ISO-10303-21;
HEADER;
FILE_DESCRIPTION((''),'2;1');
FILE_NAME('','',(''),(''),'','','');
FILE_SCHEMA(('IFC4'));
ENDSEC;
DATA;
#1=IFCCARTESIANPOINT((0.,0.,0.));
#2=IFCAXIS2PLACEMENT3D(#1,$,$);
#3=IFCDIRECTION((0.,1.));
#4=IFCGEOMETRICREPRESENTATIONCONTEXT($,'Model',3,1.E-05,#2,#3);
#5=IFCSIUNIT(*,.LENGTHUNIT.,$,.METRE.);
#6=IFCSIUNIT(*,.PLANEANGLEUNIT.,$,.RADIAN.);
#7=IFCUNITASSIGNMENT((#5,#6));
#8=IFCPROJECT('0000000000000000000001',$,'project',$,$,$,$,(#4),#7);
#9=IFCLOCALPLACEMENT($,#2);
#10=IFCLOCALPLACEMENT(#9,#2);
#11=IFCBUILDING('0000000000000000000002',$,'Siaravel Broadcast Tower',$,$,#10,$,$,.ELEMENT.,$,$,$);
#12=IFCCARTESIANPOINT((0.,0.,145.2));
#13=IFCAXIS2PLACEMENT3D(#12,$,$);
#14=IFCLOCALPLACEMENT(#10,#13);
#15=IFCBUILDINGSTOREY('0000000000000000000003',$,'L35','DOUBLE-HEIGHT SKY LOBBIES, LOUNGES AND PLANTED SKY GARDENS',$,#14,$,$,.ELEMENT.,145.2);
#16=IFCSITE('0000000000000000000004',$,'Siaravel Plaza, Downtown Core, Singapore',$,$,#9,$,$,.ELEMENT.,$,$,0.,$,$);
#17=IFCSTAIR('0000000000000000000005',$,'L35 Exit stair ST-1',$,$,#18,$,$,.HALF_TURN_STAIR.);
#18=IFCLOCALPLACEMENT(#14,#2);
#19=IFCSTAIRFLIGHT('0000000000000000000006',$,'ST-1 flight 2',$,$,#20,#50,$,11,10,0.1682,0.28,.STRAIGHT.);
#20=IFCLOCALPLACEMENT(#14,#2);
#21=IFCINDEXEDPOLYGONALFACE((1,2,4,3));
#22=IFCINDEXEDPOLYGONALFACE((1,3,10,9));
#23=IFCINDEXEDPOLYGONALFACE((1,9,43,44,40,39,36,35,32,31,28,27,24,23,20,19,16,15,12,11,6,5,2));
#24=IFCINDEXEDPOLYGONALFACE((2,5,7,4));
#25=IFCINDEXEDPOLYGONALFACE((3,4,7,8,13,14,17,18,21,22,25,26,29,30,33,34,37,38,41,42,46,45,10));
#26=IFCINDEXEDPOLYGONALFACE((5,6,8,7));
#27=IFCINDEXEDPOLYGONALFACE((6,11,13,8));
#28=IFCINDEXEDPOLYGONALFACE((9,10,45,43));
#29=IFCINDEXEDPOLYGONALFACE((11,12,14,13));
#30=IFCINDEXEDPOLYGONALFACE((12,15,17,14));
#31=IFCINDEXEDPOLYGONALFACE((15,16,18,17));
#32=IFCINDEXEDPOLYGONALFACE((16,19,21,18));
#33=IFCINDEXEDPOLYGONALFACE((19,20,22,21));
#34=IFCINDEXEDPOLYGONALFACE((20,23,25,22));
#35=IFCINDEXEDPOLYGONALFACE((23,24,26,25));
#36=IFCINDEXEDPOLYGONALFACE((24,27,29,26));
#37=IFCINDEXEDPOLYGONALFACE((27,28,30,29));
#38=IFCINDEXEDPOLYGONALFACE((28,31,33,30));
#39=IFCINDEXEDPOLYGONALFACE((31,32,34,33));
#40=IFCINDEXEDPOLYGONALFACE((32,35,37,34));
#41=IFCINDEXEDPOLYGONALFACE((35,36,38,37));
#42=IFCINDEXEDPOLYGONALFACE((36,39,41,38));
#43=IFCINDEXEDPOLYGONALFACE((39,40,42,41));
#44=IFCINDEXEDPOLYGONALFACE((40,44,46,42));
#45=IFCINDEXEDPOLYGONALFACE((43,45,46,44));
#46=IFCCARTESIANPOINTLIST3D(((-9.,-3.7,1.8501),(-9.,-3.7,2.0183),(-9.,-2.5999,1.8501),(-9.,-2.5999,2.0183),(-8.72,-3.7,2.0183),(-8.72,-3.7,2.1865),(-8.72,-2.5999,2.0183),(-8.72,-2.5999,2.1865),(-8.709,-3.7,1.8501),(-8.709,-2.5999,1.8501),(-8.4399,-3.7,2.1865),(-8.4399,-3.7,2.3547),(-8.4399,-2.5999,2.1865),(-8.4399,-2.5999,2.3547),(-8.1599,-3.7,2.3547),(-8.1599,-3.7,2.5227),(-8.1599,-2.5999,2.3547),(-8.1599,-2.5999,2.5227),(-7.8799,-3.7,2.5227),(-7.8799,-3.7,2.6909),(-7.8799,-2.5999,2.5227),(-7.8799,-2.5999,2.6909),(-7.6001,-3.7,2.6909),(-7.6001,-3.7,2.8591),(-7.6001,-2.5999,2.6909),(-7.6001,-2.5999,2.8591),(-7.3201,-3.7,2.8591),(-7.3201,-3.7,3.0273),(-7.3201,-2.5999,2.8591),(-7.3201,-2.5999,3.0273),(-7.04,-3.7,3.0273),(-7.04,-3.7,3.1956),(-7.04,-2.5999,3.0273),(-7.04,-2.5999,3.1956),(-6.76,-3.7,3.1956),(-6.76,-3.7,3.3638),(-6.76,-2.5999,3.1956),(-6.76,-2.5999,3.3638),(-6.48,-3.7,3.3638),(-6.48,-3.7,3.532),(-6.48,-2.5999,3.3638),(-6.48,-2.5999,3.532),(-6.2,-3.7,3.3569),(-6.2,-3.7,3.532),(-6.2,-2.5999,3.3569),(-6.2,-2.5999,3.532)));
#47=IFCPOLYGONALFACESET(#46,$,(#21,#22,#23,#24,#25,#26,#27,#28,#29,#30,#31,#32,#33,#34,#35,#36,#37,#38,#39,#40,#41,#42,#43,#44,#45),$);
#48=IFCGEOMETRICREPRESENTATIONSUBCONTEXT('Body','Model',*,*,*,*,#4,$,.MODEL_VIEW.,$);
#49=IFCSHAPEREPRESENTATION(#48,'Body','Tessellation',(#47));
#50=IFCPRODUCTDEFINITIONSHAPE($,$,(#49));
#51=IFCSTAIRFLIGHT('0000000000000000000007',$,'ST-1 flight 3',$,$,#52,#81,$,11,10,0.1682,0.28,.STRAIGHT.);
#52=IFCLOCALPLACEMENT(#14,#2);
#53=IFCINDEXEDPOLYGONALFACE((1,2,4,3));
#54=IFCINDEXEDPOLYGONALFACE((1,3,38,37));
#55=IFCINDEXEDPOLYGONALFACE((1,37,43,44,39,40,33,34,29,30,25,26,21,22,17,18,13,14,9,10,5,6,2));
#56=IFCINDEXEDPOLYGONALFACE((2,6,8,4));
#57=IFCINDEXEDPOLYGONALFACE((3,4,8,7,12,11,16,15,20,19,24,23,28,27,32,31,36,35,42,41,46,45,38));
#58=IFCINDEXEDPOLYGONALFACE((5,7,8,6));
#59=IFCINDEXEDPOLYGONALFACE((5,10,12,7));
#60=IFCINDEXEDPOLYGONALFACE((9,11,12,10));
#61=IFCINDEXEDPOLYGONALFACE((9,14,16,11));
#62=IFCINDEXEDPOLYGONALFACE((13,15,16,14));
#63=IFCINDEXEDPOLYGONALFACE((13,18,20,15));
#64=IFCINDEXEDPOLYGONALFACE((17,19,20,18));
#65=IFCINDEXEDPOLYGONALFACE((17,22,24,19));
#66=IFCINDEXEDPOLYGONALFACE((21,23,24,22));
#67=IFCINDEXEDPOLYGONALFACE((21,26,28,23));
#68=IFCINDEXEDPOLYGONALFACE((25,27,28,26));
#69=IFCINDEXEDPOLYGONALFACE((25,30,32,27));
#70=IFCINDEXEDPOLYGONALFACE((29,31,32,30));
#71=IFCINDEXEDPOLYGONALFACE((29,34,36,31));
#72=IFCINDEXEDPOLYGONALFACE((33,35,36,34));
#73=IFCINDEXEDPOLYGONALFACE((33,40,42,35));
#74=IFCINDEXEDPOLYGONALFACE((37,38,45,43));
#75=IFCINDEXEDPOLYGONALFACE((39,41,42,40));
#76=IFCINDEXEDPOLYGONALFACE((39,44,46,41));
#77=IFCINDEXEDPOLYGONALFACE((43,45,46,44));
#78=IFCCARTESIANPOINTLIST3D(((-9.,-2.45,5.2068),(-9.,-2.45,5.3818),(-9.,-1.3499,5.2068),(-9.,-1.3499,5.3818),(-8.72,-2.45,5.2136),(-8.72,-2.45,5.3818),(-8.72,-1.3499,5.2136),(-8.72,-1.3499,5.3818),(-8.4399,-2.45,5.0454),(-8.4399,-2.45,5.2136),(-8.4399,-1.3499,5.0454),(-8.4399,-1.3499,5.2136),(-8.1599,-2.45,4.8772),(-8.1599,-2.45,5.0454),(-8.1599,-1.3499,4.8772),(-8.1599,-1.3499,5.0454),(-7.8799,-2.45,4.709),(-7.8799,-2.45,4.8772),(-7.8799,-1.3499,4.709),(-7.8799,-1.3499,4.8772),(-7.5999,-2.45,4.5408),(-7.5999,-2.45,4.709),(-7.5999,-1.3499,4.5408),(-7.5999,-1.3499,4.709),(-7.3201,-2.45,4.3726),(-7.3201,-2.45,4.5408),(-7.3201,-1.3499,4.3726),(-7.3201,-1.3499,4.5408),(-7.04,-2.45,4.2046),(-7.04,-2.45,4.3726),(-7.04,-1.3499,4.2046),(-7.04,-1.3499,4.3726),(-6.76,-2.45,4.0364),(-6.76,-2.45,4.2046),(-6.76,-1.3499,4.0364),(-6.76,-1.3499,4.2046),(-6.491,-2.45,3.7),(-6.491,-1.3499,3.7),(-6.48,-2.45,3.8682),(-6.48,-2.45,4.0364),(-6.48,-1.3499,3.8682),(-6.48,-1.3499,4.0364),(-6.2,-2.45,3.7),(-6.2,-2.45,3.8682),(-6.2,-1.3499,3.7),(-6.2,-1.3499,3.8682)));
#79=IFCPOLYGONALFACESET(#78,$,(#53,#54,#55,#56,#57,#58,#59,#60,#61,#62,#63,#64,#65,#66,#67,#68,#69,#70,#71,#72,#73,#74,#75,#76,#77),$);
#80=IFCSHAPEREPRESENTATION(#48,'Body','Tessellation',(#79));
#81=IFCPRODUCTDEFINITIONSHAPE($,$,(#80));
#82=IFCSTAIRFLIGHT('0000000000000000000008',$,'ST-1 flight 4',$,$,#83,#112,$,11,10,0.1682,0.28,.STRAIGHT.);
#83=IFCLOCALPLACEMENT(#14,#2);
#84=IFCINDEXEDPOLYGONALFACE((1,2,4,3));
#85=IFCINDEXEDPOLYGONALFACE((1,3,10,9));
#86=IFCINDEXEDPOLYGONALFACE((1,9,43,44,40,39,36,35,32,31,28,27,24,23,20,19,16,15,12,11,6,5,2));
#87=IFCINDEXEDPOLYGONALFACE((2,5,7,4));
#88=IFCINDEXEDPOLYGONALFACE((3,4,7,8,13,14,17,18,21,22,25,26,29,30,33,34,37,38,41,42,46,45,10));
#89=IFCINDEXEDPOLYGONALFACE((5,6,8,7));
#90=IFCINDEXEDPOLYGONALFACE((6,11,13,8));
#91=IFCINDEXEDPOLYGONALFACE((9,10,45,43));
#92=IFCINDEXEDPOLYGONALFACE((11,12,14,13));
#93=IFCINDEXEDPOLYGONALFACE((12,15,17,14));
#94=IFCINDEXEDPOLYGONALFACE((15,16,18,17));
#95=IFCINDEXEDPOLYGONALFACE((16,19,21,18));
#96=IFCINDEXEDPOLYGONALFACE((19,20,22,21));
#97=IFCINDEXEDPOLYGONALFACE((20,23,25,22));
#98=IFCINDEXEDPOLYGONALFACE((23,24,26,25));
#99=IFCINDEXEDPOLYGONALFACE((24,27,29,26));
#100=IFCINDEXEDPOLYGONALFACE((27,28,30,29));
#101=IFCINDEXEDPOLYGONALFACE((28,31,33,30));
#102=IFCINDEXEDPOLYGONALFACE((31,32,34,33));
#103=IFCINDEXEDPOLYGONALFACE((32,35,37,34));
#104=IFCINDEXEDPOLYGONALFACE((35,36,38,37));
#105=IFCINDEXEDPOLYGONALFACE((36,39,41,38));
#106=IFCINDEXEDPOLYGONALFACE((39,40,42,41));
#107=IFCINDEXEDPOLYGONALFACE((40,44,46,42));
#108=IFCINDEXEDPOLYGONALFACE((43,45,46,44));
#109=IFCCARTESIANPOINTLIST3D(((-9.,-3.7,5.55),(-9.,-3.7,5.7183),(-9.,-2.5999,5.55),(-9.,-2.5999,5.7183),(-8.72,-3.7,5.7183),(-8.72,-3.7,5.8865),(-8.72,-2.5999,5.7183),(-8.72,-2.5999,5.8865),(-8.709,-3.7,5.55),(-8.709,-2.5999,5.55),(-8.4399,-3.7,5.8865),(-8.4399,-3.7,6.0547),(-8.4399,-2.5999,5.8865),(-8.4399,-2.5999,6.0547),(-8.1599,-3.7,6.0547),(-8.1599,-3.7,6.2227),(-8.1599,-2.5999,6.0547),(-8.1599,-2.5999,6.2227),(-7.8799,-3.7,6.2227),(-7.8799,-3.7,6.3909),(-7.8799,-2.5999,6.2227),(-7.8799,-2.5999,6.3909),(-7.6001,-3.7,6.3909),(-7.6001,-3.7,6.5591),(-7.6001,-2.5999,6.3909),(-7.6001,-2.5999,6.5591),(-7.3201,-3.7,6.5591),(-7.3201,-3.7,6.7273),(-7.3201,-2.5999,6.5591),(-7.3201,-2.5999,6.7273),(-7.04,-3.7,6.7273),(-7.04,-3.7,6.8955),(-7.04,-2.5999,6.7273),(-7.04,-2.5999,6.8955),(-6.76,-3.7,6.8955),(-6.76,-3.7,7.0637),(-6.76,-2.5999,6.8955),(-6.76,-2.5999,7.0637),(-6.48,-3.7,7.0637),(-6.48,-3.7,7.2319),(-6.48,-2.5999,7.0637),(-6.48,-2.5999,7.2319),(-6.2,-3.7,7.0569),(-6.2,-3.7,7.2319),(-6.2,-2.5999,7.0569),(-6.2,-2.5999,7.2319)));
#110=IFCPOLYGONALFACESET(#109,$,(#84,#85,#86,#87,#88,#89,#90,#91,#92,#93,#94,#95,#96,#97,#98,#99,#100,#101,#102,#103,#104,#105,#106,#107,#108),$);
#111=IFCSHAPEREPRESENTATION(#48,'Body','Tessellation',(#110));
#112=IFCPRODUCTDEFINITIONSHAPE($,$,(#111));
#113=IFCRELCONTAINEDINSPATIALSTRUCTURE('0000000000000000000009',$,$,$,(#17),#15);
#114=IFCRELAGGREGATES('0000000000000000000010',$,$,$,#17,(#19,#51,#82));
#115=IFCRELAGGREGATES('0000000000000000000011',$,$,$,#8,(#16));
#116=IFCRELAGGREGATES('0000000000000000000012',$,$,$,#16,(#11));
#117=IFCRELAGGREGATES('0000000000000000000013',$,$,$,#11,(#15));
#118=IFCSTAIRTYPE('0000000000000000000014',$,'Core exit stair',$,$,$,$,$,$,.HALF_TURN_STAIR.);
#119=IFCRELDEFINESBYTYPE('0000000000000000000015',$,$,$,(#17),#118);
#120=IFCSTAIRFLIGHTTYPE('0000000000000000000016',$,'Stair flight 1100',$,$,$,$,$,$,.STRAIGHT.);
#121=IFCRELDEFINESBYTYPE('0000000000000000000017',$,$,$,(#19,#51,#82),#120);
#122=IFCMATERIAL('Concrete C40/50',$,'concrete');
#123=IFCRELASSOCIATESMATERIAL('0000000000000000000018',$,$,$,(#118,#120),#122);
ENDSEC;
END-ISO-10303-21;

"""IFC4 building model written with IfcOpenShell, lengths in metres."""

from ifc_helpers import new_model, si_unit, direction, frame, origin, place, context, subcontext, project, spatial, polyline, outline, extrude, material, type_object, element, aggregate, save


model = new_model("IFC4")

# Units and contexts
model_context = context("Model", 3, precision=1e-05, world=origin(), true_north=direction((0.0, 1.0)))
body_context = subcontext(model_context, "Body", "Model", "MODEL_VIEW")
ifc_project = project(units=[si_unit("LENGTHUNIT", "METRE"), si_unit("PLANEANGLEUNIT", "RADIAN")], contexts=[model_context])

# Site, building, storey
site_placement = place(None, origin())
site = spatial("IfcSite", under=ifc_project, at=site_placement, Name="Siaravel Plaza, Downtown Core, Singapore", CompositionType="ELEMENT", RefElevation=0.0)
building_placement = place(site_placement, origin())
building = spatial("IfcBuilding", under=site, at=building_placement, Name="Siaravel Broadcast Tower", CompositionType="ELEMENT")
storey_placement = place(building_placement, frame((0.0, 0.0, 145.2)))
storey = spatial("IfcBuildingStorey", under=building, at=storey_placement, Name="L35", Description="DOUBLE-HEIGHT SKY LOBBIES, LOUNGES AND PLANTED SKY GARDENS", CompositionType="ELEMENT", Elevation=145.2)

# Stair, stair flights
ifc_material_1 = material(Name="Concrete C40/50", Category="concrete")
stair_type = type_object("IfcStairType", Name="Core exit stair", PredefinedType="HALF_TURN_STAIR", material=ifc_material_1)
stair_placement = place(storey_placement, origin())
stair = element("IfcStair", 1, at=stair_placement, inside=storey, type_object=stair_type, Name="L35 Exit stair ST-1", PredefinedType="HALF_TURN_STAIR")
stair_flight_type = type_object("IfcStairFlightType", Name="Stair flight 1100", PredefinedType="STRAIGHT", material=ifc_material_1)
stair_flight_1_placement = place(storey_placement, frame((-9.0, -3.1499, 1.8501), z_axis=(0.0, 0.0, 1.0), x_axis=(1.0, 0.0, 0.0)))
stair_flight_1 = element("IfcStairFlight", 2, at=stair_flight_1_placement, type_object=stair_flight_type, Name="ST-1 flight 2", NumberOfRisers=11, NumberOfTreads=10, PredefinedType="STRAIGHT", RiserHeight=0.1682, TreadLength=0.28, context=body_context, shape_type="SweptSolid", body=[
    extrude(outline(polyline([(0.0, 0.0), (0.0, 0.1682), (0.28, 0.1682), (0.28, 0.3364), (0.5601, 0.3364), (0.5601, 0.5046), (0.8401, 0.5046), (0.8401, 0.6726), (1.1201, 0.6726), (1.1201, 0.8408), (1.3999, 0.8408), (1.3999, 1.009), (1.6799, 1.009), (1.6799, 1.1772), (1.96, 1.1772), (1.96, 1.3455), (2.24, 1.3455), (2.24, 1.5137), (2.52, 1.5137), (2.52, 1.6819), (2.8, 1.6819), (2.8, 1.8501), (2.8, 1.5068), (0.291, 0.0), (0.0, 0.0)])), frame((0.0, 0.55, 0.0), z_axis=(0.0, -1.0, 0.0), x_axis=(1.0, 0.0, 0.0)), (0.0, 0.0, 1.0), 1.1001),
])
stair_flight_2_placement = place(storey_placement, frame((-6.2, -1.8999, 3.7), z_axis=(0.0, 0.0, 1.0), x_axis=(-1.0, 0.0, 0.0)))
stair_flight_2 = element("IfcStairFlight", 3, at=stair_flight_2_placement, type_object=stair_flight_type, Name="ST-1 flight 3", NumberOfRisers=11, NumberOfTreads=10, PredefinedType="STRAIGHT", RiserHeight=0.1682, TreadLength=0.28, context=body_context, shape_type="SweptSolid", body=[
    extrude(outline(polyline([(0.0, 0.0), (0.0, 0.1682), (0.28, 0.1682), (0.28, 0.3364), (0.5601, 0.3364), (0.5601, 0.5046), (0.8401, 0.5046), (0.8401, 0.6726), (1.1201, 0.6726), (1.1201, 0.8408), (1.3999, 0.8408), (1.3999, 1.009), (1.6799, 1.009), (1.6799, 1.1772), (1.96, 1.1772), (1.96, 1.3455), (2.24, 1.3455), (2.24, 1.5137), (2.52, 1.5137), (2.52, 1.6819), (2.8, 1.6819), (2.8, 1.8501), (2.8, 1.5068), (0.291, 0.0), (0.0, 0.0)])), frame((0.0, 0.55, 0.0), z_axis=(0.0, -1.0, 0.0), x_axis=(1.0, 0.0, 0.0)), (0.0, 0.0, 1.0), 1.1001),
])
stair_flight_3_placement = place(storey_placement, frame((-9.0, -3.1499, 5.55), z_axis=(0.0, 0.0, 1.0), x_axis=(1.0, 0.0, 0.0)))
stair_flight_3 = element("IfcStairFlight", 4, at=stair_flight_3_placement, type_object=stair_flight_type, Name="ST-1 flight 4", NumberOfRisers=11, NumberOfTreads=10, PredefinedType="STRAIGHT", RiserHeight=0.1682, TreadLength=0.28, context=body_context, shape_type="SweptSolid", body=[
    extrude(outline(polyline([(0.0, 0.0), (0.0, 0.1682), (0.28, 0.1682), (0.28, 0.3364), (0.5601, 0.3364), (0.5601, 0.5046), (0.8401, 0.5046), (0.8401, 0.6726), (1.1201, 0.6726), (1.1201, 0.8408), (1.3999, 0.8408), (1.3999, 1.009), (1.6799, 1.009), (1.6799, 1.1772), (1.96, 1.1772), (1.96, 1.3455), (2.24, 1.3455), (2.24, 1.5137), (2.52, 1.5137), (2.52, 1.6819), (2.8, 1.6819), (2.8, 1.8501), (2.8, 1.5068), (0.291, 0.0), (0.0, 0.0)])), frame((0.0, 0.55, 0.0), z_axis=(0.0, -1.0, 0.0), x_axis=(1.0, 0.0, 0.0)), (0.0, 0.0, 1.0), 1.1001),
])
aggregate(stair, [stair_flight_1, stair_flight_2, stair_flight_3])

save(model, "model.ifc")
